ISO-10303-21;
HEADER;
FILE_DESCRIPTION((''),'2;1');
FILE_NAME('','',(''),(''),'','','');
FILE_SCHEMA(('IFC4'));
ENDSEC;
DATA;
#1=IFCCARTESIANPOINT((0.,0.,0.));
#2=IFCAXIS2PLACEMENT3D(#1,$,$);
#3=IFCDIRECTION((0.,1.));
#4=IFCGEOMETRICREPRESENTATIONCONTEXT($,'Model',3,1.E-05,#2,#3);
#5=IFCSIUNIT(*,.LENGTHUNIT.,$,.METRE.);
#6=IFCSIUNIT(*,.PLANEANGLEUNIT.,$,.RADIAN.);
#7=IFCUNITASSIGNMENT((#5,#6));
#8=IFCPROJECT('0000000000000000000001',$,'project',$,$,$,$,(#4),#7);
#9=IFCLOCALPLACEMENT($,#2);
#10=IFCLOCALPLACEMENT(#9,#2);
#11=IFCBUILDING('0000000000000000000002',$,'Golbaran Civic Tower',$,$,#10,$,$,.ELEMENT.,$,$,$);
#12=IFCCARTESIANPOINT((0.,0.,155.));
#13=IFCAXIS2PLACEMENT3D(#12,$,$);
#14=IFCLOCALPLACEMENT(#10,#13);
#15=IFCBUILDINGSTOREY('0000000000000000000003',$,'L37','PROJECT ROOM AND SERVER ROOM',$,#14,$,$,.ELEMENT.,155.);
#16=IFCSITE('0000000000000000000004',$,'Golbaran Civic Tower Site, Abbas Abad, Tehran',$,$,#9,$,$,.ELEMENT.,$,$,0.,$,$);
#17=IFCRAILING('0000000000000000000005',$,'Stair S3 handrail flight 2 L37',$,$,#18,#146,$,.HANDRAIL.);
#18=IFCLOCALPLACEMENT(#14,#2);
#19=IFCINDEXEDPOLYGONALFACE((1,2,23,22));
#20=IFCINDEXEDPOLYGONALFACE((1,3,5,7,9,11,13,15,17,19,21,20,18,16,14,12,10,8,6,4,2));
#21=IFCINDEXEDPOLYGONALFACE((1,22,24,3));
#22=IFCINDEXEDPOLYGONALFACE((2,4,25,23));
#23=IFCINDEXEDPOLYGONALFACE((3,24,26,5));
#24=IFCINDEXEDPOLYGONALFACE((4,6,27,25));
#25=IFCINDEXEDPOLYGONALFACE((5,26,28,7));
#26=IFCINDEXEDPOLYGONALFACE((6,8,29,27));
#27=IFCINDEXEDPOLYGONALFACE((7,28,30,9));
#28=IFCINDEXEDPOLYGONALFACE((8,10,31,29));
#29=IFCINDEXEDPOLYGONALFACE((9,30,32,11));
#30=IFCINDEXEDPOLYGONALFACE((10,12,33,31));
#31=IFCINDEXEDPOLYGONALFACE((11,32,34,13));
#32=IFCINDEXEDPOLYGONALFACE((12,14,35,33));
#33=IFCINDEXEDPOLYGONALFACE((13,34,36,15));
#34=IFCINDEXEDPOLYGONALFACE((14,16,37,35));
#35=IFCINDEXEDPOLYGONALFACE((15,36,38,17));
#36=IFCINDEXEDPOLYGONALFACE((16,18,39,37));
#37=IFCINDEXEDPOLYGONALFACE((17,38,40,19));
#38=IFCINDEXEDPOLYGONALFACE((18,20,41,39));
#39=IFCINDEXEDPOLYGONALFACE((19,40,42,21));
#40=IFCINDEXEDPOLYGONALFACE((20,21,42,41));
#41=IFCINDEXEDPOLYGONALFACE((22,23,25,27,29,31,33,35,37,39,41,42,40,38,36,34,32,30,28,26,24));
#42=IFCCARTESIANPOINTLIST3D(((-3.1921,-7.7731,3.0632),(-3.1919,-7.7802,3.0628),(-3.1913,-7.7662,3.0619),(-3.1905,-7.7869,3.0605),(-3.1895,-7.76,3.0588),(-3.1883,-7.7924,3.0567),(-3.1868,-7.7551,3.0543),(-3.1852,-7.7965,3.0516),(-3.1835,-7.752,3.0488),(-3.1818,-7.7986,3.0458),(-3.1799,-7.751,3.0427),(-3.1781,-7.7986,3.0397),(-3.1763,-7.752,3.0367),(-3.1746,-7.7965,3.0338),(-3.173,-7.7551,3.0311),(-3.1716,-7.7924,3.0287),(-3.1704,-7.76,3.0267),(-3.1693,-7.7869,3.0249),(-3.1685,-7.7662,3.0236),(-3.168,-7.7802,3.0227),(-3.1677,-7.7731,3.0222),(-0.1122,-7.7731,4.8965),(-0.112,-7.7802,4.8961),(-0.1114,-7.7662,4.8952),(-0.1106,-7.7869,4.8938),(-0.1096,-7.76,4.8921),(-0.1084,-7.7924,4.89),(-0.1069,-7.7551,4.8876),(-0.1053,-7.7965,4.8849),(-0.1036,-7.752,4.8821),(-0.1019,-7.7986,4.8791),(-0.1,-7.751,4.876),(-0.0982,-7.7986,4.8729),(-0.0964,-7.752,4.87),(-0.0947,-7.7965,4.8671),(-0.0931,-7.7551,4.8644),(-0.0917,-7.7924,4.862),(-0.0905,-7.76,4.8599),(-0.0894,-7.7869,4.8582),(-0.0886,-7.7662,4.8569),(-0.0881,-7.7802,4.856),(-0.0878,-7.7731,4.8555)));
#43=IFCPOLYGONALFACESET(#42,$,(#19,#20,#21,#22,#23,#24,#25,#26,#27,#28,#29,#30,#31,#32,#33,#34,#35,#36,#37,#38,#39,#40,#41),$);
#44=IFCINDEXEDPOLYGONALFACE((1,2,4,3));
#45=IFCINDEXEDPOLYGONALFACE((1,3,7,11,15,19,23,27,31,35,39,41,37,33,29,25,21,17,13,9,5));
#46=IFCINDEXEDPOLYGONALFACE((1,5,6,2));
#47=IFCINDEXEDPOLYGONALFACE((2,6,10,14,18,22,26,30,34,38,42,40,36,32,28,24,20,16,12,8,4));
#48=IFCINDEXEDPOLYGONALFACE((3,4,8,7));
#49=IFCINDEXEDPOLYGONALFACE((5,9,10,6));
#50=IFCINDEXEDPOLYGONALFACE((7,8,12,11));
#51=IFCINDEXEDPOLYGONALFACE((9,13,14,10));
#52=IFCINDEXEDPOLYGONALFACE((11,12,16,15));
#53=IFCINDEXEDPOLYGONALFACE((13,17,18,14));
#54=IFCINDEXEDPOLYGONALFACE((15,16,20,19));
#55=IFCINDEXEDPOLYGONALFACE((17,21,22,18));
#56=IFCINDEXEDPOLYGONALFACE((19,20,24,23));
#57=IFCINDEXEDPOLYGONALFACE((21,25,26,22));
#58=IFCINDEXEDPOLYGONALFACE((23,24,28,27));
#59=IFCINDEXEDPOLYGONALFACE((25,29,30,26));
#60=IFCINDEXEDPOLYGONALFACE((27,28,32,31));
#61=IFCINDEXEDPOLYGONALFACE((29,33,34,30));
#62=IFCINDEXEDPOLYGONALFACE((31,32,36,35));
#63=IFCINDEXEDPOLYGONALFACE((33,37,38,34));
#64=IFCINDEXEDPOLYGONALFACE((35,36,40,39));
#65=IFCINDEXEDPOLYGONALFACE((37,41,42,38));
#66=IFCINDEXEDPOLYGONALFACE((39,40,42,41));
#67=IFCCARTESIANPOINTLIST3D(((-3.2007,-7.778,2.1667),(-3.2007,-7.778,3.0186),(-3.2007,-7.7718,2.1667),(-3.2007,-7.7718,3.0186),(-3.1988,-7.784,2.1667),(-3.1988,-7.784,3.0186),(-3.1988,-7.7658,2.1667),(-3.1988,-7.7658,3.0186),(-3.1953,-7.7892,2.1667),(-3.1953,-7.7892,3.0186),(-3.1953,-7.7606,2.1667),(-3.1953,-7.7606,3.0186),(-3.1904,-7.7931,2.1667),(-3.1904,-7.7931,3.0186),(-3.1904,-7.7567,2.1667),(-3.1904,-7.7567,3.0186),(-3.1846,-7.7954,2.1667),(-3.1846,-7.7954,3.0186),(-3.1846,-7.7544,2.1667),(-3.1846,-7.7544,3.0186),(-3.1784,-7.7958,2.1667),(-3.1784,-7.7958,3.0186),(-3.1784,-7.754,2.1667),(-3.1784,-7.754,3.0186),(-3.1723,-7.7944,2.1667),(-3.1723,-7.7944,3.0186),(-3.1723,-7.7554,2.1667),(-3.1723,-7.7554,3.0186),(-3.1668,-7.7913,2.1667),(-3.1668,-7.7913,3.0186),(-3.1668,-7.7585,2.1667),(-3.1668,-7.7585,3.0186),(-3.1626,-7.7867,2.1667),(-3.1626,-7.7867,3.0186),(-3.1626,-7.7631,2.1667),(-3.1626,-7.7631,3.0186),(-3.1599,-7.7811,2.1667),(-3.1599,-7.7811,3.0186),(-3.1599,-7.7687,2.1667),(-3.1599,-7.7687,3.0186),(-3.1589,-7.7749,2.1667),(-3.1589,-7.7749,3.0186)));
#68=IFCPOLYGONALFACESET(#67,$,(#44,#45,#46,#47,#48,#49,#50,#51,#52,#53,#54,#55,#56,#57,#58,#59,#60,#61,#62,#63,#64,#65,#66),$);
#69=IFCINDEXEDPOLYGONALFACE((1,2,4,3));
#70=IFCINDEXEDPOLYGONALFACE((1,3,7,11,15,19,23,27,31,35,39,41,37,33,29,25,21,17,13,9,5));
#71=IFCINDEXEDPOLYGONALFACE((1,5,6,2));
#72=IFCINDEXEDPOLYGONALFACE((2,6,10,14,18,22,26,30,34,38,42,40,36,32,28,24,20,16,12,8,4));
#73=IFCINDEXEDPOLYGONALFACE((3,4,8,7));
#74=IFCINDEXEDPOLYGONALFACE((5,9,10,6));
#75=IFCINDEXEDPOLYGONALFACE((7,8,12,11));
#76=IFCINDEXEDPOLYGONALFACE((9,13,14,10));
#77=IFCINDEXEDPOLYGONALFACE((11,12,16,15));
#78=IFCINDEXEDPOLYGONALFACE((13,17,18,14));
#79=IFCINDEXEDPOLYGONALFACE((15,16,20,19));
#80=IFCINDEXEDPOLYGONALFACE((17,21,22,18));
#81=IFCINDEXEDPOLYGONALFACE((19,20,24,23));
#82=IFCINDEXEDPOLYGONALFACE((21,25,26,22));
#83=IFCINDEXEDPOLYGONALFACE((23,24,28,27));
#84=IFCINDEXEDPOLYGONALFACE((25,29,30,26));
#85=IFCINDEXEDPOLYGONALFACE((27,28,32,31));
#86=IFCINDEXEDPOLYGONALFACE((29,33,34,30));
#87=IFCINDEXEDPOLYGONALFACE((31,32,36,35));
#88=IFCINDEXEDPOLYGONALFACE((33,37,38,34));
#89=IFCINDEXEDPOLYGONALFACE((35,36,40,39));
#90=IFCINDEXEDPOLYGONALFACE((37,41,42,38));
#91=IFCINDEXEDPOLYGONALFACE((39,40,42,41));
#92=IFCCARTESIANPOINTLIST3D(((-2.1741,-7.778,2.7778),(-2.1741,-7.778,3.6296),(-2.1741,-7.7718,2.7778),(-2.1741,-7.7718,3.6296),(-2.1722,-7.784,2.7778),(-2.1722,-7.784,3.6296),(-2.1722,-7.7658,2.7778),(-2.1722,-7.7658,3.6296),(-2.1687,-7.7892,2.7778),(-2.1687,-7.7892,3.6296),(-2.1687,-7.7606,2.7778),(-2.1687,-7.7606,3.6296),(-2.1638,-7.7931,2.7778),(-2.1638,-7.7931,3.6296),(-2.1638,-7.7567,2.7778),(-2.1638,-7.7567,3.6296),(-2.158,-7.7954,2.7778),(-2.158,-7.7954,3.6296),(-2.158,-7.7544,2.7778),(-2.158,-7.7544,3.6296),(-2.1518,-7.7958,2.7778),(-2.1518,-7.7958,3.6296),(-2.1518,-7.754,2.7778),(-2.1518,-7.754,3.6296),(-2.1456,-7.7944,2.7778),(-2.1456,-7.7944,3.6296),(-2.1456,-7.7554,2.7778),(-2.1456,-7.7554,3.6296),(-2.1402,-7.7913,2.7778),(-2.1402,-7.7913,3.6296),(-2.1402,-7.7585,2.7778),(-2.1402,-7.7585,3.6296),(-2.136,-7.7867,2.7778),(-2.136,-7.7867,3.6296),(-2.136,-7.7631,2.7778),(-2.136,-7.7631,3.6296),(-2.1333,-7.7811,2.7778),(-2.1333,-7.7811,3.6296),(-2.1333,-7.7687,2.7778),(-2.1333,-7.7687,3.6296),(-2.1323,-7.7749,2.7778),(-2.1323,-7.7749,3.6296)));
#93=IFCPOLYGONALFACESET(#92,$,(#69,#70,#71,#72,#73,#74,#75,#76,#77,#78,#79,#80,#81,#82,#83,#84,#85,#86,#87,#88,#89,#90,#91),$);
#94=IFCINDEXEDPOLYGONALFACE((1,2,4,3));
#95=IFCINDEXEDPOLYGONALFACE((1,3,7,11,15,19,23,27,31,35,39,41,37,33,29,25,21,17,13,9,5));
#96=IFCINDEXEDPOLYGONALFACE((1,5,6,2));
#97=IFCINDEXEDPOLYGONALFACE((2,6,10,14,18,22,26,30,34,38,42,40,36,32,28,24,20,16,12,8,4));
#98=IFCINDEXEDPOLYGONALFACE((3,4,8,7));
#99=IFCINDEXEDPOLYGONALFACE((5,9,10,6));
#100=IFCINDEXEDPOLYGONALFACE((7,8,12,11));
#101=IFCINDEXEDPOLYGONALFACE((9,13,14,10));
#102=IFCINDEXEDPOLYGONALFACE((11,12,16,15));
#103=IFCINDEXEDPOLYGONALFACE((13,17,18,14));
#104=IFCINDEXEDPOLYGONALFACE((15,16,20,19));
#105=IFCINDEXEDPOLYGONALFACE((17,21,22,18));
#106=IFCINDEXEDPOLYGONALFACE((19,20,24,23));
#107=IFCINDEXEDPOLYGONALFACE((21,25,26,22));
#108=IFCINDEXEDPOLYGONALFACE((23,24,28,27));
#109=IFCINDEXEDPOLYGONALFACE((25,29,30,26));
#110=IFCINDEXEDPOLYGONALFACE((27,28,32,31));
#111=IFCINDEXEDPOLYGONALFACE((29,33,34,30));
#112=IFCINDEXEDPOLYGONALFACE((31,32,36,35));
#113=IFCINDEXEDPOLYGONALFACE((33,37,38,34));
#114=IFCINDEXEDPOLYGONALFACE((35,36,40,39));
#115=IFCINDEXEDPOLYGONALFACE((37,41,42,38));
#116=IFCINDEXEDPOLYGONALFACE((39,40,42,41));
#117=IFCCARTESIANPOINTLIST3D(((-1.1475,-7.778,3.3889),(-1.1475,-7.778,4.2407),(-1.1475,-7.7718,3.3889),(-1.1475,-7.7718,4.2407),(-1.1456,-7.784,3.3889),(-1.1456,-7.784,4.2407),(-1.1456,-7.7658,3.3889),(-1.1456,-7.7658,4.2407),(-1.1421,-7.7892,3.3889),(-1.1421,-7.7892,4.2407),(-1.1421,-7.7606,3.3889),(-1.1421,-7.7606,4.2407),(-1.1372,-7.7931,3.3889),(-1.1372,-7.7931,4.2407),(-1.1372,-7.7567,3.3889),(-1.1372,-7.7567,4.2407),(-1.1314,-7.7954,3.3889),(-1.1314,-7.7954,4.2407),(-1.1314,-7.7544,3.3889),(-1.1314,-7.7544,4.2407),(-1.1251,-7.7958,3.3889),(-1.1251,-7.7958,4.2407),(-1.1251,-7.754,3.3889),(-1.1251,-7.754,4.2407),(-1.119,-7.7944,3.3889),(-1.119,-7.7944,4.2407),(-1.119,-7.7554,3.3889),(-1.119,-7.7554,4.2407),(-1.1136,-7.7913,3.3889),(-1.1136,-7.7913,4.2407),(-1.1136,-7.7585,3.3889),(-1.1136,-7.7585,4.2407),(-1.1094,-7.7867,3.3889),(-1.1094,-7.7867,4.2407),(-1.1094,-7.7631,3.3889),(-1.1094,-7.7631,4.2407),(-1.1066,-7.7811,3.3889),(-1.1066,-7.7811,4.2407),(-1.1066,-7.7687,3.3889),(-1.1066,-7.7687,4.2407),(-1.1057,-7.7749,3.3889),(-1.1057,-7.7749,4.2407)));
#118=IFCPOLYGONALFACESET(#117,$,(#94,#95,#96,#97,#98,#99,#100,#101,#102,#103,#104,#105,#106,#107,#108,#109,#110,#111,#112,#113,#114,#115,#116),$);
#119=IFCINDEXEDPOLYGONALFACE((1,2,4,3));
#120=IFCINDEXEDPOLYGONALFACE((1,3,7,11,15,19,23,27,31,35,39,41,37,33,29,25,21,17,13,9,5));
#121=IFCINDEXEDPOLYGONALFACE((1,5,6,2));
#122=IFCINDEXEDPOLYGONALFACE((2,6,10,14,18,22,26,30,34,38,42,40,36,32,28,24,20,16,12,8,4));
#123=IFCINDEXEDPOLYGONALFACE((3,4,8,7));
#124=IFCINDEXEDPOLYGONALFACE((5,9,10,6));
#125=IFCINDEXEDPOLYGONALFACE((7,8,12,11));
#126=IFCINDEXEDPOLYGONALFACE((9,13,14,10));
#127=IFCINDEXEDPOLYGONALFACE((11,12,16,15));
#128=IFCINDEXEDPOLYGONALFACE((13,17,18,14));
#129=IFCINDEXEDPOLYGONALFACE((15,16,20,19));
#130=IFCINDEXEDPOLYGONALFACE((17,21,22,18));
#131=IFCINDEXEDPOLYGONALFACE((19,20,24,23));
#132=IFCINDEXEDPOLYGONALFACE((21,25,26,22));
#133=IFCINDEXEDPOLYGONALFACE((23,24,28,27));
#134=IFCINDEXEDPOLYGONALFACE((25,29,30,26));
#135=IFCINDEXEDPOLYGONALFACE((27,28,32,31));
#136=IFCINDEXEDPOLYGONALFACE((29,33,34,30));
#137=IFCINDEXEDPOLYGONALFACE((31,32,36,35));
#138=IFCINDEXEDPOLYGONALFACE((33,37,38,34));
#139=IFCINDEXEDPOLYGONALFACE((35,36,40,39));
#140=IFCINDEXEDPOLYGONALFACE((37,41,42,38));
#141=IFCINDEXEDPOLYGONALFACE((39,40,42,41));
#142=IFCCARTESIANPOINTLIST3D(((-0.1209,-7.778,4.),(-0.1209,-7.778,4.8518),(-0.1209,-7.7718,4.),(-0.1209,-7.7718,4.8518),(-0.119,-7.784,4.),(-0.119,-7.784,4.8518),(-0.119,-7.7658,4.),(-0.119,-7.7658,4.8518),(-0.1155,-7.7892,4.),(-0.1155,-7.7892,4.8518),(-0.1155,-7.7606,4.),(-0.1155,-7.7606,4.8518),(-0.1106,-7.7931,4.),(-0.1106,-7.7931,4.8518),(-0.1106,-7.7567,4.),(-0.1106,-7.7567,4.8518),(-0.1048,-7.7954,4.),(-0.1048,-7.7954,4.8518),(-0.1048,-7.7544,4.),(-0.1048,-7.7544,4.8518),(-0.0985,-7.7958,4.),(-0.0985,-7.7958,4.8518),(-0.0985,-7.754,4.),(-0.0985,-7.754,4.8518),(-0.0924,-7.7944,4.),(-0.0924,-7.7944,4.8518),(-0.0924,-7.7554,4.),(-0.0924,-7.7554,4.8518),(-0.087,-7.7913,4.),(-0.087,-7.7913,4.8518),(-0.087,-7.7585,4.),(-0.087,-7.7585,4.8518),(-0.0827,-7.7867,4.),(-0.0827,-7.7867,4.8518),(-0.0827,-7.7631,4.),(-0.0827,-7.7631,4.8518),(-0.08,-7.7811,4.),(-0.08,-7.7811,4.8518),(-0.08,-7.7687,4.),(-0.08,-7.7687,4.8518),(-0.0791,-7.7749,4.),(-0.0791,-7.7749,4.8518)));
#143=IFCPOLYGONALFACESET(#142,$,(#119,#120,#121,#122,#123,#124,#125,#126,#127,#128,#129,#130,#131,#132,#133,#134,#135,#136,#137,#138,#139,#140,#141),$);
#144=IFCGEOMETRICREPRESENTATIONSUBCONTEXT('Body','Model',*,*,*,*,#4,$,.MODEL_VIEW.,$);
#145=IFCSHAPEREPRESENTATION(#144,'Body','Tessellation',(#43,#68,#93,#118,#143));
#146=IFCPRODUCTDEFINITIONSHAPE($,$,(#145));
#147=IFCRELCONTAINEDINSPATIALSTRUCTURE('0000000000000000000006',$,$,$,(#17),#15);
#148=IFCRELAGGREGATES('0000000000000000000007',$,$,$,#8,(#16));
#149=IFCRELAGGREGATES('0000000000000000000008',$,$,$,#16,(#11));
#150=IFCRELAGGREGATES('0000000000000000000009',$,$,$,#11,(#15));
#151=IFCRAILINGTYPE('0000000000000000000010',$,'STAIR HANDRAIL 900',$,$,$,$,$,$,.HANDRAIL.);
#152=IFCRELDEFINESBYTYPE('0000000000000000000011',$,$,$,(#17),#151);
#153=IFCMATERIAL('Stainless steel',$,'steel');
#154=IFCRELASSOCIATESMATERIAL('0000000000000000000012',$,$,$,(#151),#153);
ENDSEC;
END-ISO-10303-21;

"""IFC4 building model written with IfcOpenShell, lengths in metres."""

from ifc_helpers import new_model, si_unit, direction, frame, origin, origin_2d, place, context, subcontext, project, spatial, circle, extrude, material, type_object, element, save


model = new_model("IFC4")

# Units and contexts
model_context = context("Model", 3, precision=1e-05, world=origin(), true_north=direction((0.0, 1.0)))
body_context = subcontext(model_context, "Body", "Model", "MODEL_VIEW")
ifc_project = project(units=[si_unit("LENGTHUNIT", "METRE"), si_unit("PLANEANGLEUNIT", "RADIAN")], contexts=[model_context])

# Site, building, storey
site_placement = place(None, origin())
site = spatial("IfcSite", under=ifc_project, at=site_placement, Name="Golbaran Civic Tower Site, Abbas Abad, Tehran", CompositionType="ELEMENT", RefElevation=0.0)
building_placement = place(site_placement, origin())
building = spatial("IfcBuilding", under=site, at=building_placement, Name="Golbaran Civic Tower", CompositionType="ELEMENT")
storey_placement = place(building_placement, frame((0.0, 0.0, 155.0)))
storey = spatial("IfcBuildingStorey", under=building, at=storey_placement, Name="L37", Description="PROJECT ROOM AND SERVER ROOM", CompositionType="ELEMENT", Elevation=155.0)

# Shared definitions
ifc_material_1 = material(Name="Stainless steel", Category="steel")

# Railing
railing_type = type_object("IfcRailingType", Name="STAIR HANDRAIL 900", PredefinedType="HANDRAIL", material=ifc_material_1)
railing_1_placement = place(storey_placement, frame((-3.1799, -7.7749, 2.1667)))
element("IfcRailing", 1, at=railing_1_placement, inside=storey, type_object=railing_type, Name="Stair S3 handrail flight 2 L37", PredefinedType="HANDRAIL", context=body_context, shape_type="SweptSolid", body=[
    extrude(circle(Radius=0.0239, at=origin_2d()), frame((0.0, 0.0, 0.876), z_axis=(0.859291, 0.0, 0.511487), x_axis=(0.0, 1.0, 0.0)), (0.0, 0.0, 1.0), 3.5842),
    extrude(circle(Radius=0.021, at=origin_2d()), origin(), (0.0, 0.0, 1.0), 0.8518),
    extrude(circle(Radius=0.021, at=origin_2d()), frame((1.0266, 0.0, 0.6111)), (0.0, 0.0, 1.0), 0.8518),
    extrude(circle(Radius=0.021, at=origin_2d()), frame((2.0532, 0.0, 1.2222)), (0.0, 0.0, 1.0), 0.8518),
    extrude(circle(Radius=0.021, at=origin_2d()), frame((3.0798, 0.0, 1.8333)), (0.0, 0.0, 1.0), 0.8518),
])

save(model, "model.ifc")
